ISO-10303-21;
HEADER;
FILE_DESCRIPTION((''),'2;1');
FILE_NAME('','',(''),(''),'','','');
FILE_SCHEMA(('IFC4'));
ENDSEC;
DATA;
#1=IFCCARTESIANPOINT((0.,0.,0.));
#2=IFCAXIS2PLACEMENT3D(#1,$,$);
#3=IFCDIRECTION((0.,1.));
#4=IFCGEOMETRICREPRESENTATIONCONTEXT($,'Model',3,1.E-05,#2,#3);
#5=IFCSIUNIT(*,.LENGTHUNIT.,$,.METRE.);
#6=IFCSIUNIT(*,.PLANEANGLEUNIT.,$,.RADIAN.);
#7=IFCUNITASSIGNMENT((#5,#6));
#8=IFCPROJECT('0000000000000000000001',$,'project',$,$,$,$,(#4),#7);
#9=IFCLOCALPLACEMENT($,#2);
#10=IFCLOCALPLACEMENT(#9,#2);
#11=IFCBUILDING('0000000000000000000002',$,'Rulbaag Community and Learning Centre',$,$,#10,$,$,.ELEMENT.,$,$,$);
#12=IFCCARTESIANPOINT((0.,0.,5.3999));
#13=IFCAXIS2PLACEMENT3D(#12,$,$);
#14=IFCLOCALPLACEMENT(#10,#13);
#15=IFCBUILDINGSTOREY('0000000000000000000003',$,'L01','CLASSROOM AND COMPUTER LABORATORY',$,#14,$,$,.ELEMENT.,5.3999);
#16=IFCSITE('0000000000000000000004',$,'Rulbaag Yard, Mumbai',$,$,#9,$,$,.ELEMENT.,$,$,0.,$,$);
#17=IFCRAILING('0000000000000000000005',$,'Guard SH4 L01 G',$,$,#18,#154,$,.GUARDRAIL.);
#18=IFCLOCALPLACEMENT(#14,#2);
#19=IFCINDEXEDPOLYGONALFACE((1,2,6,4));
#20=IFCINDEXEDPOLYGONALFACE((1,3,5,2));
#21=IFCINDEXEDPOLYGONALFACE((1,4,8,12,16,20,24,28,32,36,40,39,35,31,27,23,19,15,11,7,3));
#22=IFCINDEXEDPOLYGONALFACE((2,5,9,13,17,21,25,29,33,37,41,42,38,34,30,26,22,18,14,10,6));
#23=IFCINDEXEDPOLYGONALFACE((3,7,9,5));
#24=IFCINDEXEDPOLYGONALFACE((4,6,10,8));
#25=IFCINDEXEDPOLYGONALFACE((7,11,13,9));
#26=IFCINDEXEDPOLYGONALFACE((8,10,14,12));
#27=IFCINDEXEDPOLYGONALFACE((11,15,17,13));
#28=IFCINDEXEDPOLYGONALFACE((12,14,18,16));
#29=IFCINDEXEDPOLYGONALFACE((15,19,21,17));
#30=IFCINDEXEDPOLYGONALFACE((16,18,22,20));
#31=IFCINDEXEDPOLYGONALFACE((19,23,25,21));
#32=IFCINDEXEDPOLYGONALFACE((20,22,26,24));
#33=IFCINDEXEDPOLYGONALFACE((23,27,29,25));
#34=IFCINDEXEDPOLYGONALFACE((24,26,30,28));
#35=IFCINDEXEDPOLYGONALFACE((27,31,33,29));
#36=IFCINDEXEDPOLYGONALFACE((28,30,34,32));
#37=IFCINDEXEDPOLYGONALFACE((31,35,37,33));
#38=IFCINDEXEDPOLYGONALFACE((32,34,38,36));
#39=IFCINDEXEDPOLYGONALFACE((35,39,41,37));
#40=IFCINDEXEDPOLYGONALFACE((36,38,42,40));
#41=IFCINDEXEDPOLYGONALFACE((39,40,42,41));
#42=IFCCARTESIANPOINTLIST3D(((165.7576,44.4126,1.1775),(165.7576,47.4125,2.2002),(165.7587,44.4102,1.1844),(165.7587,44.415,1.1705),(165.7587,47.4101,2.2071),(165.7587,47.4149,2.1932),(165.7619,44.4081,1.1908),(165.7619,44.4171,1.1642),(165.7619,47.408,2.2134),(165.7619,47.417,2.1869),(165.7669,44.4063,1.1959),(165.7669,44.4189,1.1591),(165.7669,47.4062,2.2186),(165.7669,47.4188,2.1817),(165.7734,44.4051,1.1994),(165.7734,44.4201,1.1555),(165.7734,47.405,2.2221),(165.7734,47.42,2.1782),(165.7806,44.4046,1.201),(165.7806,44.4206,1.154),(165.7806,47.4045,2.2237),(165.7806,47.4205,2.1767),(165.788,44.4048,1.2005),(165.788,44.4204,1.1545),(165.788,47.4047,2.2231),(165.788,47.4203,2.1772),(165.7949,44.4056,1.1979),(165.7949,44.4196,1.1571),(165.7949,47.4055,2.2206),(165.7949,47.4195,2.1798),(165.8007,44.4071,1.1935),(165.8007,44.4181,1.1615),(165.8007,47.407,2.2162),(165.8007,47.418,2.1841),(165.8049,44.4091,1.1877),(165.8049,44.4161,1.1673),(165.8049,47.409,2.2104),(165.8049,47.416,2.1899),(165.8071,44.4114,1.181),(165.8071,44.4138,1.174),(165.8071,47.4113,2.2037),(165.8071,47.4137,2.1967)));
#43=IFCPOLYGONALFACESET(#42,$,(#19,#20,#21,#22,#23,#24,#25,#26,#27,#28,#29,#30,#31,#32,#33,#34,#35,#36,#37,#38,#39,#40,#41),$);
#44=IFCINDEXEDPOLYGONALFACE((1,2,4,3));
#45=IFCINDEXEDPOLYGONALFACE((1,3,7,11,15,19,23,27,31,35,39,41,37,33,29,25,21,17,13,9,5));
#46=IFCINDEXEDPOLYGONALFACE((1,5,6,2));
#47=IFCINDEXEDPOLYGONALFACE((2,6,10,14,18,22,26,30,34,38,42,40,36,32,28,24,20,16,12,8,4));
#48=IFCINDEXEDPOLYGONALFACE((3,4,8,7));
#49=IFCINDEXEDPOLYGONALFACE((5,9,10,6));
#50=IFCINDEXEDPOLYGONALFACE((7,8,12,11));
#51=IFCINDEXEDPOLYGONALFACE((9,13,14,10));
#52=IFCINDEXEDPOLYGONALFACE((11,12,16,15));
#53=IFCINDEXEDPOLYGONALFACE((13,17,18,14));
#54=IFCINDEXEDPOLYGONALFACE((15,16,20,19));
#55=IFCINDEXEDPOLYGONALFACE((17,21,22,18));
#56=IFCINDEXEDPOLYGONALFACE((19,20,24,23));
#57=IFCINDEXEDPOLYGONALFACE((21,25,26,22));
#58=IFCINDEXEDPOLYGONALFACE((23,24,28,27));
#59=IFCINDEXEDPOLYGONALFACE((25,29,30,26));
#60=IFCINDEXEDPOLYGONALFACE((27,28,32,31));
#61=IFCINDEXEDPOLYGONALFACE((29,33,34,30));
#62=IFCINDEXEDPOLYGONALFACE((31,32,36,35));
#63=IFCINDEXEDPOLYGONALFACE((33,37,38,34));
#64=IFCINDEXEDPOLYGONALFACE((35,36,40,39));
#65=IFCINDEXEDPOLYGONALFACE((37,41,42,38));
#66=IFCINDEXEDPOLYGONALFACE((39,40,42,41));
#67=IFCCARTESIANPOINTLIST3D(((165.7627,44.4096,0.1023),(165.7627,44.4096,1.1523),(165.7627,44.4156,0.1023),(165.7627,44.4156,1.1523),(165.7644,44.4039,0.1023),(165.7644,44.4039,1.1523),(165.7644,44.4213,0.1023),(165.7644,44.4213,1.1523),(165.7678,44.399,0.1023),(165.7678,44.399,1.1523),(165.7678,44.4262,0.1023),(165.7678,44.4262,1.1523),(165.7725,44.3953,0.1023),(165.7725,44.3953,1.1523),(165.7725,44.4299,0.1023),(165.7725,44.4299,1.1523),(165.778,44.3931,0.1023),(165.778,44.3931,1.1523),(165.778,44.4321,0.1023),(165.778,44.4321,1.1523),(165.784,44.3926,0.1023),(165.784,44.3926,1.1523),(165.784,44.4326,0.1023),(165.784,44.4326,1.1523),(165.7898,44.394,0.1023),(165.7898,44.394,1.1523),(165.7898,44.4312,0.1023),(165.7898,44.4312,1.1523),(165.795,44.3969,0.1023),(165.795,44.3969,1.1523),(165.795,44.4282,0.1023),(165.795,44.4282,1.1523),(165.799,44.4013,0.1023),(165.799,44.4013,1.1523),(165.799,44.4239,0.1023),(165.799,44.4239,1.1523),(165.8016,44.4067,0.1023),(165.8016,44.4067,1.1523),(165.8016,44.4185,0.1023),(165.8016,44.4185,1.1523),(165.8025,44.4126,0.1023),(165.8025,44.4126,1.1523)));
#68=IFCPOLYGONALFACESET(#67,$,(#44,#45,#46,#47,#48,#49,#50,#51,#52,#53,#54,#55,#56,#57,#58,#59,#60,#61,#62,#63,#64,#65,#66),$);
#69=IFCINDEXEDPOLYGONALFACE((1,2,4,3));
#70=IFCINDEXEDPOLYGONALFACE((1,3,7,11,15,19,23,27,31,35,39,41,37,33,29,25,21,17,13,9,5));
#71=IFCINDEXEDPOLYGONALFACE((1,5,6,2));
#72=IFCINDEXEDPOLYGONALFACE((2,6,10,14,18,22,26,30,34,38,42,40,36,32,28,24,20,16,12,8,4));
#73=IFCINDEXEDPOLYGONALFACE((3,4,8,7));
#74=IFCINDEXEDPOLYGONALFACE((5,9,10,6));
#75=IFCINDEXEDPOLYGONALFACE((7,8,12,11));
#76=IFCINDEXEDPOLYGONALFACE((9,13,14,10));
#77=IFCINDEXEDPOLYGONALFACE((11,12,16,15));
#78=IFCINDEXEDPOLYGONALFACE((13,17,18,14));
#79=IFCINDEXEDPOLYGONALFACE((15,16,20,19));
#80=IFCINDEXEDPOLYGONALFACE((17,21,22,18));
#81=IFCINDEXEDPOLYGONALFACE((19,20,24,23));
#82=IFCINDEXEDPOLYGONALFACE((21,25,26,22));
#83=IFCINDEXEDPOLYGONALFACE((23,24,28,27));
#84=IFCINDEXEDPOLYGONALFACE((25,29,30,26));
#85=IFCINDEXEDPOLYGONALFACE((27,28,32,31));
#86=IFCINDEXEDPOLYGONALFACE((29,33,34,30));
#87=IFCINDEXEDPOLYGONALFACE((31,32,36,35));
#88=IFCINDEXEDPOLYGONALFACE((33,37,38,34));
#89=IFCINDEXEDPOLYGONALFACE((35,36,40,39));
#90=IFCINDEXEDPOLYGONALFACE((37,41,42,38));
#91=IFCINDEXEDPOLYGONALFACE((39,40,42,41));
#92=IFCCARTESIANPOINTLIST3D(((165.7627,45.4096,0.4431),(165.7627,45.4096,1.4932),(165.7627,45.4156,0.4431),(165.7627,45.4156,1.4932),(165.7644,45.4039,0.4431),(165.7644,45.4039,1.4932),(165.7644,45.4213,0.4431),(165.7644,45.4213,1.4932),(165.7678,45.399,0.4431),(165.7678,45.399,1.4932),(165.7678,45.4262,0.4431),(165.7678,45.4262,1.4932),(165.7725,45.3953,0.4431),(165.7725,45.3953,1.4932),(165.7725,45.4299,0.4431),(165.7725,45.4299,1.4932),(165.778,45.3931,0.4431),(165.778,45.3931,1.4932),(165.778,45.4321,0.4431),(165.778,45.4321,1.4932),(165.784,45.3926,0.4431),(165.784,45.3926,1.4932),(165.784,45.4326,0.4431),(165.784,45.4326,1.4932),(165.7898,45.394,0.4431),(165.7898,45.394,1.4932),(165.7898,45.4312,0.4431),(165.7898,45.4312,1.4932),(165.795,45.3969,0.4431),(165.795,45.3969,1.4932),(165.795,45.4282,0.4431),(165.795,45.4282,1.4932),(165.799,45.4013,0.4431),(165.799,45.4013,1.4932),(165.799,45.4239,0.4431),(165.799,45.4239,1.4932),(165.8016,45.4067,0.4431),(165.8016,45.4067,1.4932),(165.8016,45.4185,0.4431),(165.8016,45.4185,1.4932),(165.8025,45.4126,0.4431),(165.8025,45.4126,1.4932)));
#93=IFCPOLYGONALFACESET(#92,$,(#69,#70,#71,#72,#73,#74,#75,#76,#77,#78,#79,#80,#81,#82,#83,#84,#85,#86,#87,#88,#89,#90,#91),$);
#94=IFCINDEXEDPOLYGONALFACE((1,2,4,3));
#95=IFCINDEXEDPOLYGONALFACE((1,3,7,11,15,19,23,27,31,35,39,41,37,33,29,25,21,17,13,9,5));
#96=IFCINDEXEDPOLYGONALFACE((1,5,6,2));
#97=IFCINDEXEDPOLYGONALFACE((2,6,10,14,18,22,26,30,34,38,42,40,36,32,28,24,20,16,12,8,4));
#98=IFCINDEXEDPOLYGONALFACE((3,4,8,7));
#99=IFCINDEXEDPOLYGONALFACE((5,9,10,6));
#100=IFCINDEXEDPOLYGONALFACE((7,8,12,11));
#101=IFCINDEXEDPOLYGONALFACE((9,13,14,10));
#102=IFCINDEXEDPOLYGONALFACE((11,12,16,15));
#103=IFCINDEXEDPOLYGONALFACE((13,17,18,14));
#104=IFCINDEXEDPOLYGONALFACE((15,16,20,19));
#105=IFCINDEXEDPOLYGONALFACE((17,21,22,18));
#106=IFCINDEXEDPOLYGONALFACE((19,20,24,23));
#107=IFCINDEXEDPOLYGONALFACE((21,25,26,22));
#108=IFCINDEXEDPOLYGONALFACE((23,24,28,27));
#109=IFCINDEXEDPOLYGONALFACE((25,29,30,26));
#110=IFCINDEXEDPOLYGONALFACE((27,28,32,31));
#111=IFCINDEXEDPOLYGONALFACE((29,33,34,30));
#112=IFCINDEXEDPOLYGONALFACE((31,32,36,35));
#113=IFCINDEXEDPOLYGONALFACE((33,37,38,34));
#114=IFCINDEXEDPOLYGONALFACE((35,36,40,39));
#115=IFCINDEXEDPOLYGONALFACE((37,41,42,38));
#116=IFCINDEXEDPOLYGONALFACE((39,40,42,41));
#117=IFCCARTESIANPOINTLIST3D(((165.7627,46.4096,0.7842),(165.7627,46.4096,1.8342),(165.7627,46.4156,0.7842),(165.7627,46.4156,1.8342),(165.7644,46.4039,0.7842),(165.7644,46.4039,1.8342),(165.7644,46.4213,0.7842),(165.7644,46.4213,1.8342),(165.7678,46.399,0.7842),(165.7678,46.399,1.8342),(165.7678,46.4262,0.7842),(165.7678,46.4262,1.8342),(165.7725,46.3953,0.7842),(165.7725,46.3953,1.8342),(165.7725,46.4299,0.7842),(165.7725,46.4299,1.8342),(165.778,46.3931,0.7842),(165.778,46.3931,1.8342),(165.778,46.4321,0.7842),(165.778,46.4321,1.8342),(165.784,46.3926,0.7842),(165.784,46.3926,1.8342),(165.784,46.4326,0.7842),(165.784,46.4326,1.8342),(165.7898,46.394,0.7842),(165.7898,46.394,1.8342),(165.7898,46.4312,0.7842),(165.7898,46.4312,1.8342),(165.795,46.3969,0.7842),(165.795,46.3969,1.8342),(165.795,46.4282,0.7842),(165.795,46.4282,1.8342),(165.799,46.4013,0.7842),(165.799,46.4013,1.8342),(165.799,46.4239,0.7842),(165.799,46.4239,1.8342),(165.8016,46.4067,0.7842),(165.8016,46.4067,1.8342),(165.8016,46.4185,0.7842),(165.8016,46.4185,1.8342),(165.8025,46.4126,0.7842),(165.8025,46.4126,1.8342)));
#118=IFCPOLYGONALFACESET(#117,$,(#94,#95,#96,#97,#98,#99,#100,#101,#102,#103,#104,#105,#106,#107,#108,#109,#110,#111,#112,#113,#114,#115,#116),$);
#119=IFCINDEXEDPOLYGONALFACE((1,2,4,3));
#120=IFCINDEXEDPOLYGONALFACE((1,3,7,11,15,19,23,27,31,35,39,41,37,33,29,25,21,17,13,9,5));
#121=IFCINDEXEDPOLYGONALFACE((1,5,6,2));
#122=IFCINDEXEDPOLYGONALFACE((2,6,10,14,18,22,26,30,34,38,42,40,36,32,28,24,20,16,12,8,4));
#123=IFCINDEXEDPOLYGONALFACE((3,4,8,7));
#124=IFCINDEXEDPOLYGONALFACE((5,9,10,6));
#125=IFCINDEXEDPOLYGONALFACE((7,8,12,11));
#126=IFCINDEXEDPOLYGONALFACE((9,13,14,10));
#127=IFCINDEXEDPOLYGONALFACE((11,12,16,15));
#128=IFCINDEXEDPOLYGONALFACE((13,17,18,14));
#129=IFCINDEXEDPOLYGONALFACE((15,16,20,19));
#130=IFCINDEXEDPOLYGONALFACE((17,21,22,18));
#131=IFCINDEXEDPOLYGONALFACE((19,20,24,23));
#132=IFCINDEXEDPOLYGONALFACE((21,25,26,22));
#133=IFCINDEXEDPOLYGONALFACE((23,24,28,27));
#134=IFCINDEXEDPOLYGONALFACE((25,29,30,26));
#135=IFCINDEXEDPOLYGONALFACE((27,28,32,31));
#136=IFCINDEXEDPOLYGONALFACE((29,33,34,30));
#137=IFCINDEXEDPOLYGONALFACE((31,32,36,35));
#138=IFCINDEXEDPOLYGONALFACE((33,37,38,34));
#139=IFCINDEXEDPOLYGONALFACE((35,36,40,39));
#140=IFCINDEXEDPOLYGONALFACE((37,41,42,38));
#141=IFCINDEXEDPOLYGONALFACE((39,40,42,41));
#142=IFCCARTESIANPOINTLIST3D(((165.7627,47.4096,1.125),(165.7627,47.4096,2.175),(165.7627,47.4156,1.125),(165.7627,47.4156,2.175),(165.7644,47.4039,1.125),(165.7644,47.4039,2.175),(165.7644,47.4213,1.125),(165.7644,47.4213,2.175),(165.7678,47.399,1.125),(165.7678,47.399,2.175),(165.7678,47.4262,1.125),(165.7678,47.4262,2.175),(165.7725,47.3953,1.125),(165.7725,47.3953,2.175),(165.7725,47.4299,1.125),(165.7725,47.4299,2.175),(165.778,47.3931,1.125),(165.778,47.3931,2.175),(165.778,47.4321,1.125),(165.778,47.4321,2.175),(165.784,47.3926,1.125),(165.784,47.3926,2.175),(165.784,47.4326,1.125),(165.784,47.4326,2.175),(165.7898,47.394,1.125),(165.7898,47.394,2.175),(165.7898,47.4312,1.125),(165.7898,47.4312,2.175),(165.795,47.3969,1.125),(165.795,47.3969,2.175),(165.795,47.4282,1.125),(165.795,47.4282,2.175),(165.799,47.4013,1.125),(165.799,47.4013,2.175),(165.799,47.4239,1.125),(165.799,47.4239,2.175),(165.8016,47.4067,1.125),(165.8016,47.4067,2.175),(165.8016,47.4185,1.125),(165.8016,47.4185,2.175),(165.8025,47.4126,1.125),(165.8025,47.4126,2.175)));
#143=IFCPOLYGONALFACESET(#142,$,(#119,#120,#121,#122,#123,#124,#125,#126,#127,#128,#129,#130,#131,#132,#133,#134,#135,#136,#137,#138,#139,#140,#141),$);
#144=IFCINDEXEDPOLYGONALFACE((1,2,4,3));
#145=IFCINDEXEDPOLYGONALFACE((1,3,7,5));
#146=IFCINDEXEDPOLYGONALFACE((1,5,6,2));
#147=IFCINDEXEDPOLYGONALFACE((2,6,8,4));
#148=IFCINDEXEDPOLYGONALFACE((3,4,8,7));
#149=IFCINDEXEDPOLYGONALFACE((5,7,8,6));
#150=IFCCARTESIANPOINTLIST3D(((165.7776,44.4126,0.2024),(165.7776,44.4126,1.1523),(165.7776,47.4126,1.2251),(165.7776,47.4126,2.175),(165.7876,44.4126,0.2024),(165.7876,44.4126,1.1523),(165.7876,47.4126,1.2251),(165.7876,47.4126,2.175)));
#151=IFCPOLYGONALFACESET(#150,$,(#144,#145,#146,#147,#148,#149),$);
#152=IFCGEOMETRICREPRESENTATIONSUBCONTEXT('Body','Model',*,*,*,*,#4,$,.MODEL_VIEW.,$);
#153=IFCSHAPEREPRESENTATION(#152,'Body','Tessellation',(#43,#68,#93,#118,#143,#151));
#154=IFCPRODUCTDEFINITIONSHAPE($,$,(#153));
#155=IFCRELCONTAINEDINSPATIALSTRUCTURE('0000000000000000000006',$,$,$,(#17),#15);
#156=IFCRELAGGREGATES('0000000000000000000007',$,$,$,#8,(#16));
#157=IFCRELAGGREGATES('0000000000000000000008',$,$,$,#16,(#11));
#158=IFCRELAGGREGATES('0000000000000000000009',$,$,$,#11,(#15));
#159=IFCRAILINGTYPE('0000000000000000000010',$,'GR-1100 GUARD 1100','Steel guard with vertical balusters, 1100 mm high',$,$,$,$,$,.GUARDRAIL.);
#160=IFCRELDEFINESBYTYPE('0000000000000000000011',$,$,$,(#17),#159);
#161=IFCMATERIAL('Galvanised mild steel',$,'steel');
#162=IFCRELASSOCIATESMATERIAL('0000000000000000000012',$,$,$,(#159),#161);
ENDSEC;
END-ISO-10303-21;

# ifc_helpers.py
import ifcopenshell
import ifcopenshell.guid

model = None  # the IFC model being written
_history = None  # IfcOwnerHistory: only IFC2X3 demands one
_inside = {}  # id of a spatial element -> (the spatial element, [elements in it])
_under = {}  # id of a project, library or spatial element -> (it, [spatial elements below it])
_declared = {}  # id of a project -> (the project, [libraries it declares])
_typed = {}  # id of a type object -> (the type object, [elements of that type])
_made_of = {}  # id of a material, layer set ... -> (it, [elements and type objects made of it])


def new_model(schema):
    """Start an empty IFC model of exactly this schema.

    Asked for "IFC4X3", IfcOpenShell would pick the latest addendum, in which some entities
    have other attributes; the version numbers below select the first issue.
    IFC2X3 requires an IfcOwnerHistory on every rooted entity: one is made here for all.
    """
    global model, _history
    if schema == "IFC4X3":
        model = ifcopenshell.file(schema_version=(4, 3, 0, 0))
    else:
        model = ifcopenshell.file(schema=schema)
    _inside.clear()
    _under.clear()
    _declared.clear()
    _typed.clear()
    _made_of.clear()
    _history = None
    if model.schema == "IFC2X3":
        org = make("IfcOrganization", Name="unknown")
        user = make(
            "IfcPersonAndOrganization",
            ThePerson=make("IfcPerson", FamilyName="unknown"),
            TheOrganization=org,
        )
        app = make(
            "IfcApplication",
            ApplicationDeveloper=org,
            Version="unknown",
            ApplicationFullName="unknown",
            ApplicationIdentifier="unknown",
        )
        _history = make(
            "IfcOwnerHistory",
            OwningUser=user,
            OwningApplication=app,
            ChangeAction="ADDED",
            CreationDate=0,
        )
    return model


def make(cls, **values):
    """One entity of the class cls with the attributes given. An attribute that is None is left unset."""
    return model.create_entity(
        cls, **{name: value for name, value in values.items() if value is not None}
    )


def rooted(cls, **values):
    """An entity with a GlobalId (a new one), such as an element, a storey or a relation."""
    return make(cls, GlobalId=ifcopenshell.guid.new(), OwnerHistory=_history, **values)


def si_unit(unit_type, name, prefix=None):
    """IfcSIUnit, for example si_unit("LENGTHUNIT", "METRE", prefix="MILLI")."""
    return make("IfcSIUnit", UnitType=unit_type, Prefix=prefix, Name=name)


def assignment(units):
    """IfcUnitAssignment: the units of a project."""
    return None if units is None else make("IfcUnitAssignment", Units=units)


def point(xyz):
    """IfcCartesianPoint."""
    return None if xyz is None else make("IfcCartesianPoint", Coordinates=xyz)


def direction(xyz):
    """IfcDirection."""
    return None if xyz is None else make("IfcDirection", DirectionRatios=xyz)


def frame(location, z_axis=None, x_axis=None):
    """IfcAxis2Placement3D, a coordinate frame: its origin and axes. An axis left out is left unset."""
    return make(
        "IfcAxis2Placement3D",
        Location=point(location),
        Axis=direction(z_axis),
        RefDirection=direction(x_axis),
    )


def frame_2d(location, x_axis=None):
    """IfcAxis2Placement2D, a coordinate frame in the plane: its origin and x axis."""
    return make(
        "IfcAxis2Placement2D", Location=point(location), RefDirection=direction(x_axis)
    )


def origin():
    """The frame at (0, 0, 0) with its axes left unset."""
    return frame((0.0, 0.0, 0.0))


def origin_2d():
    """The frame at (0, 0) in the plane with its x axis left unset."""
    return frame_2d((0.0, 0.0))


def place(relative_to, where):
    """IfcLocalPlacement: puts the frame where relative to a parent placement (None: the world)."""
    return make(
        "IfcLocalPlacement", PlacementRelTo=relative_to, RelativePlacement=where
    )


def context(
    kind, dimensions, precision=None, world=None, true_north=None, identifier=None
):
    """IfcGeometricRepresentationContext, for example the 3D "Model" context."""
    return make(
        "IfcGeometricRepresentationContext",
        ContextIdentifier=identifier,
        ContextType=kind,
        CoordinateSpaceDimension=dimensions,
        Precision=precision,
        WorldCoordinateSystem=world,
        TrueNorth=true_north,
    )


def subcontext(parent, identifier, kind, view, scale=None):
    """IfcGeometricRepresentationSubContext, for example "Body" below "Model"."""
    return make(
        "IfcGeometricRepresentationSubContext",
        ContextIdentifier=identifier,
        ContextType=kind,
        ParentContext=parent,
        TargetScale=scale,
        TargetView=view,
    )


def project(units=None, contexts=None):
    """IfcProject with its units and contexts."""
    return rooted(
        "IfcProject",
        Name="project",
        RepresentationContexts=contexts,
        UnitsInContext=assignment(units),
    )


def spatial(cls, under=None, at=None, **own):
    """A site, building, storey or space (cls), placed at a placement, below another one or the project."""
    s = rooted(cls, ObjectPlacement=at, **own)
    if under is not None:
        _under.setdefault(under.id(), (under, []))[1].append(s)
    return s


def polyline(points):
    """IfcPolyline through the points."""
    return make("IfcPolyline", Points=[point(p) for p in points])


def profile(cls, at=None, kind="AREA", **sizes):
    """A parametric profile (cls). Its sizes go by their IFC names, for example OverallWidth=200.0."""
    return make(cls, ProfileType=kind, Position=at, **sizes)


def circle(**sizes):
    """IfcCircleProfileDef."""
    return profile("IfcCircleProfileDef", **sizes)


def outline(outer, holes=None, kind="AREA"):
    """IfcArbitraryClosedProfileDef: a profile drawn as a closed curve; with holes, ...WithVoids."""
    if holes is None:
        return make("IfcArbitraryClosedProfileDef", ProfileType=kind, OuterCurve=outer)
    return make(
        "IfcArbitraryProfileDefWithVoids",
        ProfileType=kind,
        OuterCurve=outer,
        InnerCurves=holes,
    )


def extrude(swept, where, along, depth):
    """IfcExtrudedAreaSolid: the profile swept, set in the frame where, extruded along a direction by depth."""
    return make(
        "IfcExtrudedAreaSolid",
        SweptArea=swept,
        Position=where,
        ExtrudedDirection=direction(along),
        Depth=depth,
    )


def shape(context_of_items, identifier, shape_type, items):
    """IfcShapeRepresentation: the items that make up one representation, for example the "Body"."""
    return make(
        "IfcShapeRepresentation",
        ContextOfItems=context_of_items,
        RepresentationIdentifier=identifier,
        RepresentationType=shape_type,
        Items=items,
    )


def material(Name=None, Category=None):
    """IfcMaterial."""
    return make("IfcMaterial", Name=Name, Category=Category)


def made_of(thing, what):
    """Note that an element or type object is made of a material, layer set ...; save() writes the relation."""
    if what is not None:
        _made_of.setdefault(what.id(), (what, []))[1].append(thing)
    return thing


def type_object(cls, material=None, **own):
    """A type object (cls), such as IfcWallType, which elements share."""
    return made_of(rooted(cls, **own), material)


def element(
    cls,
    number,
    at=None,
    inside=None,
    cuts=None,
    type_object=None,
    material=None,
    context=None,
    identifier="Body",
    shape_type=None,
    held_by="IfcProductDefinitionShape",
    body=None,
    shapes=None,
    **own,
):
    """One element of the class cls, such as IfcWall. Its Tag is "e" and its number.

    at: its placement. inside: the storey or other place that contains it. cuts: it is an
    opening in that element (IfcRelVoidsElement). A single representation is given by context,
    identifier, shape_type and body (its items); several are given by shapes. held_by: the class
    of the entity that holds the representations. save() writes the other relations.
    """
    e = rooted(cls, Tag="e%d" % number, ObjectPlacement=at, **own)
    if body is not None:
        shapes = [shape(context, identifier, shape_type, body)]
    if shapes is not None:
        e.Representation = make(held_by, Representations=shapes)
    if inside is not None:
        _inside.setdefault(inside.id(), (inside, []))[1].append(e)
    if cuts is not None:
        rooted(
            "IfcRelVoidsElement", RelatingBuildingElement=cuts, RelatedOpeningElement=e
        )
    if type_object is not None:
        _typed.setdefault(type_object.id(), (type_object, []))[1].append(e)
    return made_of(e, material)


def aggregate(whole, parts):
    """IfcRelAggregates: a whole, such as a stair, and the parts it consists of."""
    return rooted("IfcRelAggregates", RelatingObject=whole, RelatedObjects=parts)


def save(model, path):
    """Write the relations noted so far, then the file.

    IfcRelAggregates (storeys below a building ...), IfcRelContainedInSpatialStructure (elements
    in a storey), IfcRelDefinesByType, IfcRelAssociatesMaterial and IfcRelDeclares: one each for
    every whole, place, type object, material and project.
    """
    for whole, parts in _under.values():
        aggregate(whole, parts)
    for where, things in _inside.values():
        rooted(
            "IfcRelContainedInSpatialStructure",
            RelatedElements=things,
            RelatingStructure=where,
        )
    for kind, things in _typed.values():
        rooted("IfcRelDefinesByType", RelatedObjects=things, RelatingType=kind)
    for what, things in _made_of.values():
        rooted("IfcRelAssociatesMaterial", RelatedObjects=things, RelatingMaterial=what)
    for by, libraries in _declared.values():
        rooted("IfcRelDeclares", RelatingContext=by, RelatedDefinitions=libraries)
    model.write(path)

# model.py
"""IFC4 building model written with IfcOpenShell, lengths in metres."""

from ifc_helpers import new_model, si_unit, direction, frame, origin, origin_2d, place, context, subcontext, project, spatial, polyline, circle, outline, extrude, material, type_object, element, save


model = new_model("IFC4")

# Units and contexts
model_context = context("Model", 3, precision=1e-05, world=origin(), true_north=direction((0.0, 1.0)))
body_context = subcontext(model_context, "Body", "Model", "MODEL_VIEW")
ifc_project = project(units=[si_unit("LENGTHUNIT", "METRE"), si_unit("PLANEANGLEUNIT", "RADIAN")], contexts=[model_context])

# Site, building, storey
site_placement = place(None, origin())
site = spatial("IfcSite", under=ifc_project, at=site_placement, Name="Rulbaag Yard, Mumbai", CompositionType="ELEMENT", RefElevation=0.0)
building_placement = place(site_placement, origin())
building = spatial("IfcBuilding", under=site, at=building_placement, Name="Rulbaag Community and Learning Centre", CompositionType="ELEMENT")
storey_placement = place(building_placement, frame((0.0, 0.0, 5.3999)))
storey = spatial("IfcBuildingStorey", under=building, at=storey_placement, Name="L01", Description="CLASSROOM AND COMPUTER LABORATORY", CompositionType="ELEMENT", Elevation=5.3999)

# Railing
ifc_material_1 = material(Name="Galvanised mild steel", Category="steel")
railing_type_1 = type_object("IfcRailingType", Name="GR-1100 GUARD 1100", Description="Steel guard with vertical balusters, 1100 mm high", PredefinedType="GUARDRAIL", material=ifc_material_1)
railing_1_placement = place(storey_placement, frame((165.7825, 44.4126, 0.1023)))
element("IfcRailing", 1, at=railing_1_placement, inside=storey, type_object=railing_type_1, Name="Guard SH4 L01 G", PredefinedType="GUARDRAIL", context=body_context, shape_type="SweptSolid", body=[
    extrude(circle(Radius=0.0249, at=origin_2d()), frame((0.0, 0.0, 1.0752), z_axis=(0.0, 0.946512, 0.322668), x_axis=(-1.0, 0.0, 0.0)), (0.0, 0.0, 1.0), 3.1694),
    extrude(circle(Radius=0.02, at=origin_2d()), origin(), (0.0, 0.0, 1.0), 1.05),
    extrude(circle(Radius=0.02, at=origin_2d()), frame((0.0, 1.0, 0.3408)), (0.0, 0.0, 1.0), 1.05),
    extrude(circle(Radius=0.02, at=origin_2d()), frame((0.0, 2.0, 0.6819)), (0.0, 0.0, 1.0), 1.05),
    extrude(circle(Radius=0.02, at=origin_2d()), frame((0.0, 3.0, 1.0227)), (0.0, 0.0, 1.0), 1.05),
    extrude(outline(polyline([(0.0, 0.0), (3.0, 1.0227), (3.0, 1.9727), (0.0, 0.95), (0.0, 0.0)])), frame((-0.0049, 0.0, 0.1001), z_axis=(1.0, 0.0, 0.0), x_axis=(0.0, 1.0, 0.0)), (0.0, 0.0, 1.0), 0.01),
])

save(model, "model.ifc")
